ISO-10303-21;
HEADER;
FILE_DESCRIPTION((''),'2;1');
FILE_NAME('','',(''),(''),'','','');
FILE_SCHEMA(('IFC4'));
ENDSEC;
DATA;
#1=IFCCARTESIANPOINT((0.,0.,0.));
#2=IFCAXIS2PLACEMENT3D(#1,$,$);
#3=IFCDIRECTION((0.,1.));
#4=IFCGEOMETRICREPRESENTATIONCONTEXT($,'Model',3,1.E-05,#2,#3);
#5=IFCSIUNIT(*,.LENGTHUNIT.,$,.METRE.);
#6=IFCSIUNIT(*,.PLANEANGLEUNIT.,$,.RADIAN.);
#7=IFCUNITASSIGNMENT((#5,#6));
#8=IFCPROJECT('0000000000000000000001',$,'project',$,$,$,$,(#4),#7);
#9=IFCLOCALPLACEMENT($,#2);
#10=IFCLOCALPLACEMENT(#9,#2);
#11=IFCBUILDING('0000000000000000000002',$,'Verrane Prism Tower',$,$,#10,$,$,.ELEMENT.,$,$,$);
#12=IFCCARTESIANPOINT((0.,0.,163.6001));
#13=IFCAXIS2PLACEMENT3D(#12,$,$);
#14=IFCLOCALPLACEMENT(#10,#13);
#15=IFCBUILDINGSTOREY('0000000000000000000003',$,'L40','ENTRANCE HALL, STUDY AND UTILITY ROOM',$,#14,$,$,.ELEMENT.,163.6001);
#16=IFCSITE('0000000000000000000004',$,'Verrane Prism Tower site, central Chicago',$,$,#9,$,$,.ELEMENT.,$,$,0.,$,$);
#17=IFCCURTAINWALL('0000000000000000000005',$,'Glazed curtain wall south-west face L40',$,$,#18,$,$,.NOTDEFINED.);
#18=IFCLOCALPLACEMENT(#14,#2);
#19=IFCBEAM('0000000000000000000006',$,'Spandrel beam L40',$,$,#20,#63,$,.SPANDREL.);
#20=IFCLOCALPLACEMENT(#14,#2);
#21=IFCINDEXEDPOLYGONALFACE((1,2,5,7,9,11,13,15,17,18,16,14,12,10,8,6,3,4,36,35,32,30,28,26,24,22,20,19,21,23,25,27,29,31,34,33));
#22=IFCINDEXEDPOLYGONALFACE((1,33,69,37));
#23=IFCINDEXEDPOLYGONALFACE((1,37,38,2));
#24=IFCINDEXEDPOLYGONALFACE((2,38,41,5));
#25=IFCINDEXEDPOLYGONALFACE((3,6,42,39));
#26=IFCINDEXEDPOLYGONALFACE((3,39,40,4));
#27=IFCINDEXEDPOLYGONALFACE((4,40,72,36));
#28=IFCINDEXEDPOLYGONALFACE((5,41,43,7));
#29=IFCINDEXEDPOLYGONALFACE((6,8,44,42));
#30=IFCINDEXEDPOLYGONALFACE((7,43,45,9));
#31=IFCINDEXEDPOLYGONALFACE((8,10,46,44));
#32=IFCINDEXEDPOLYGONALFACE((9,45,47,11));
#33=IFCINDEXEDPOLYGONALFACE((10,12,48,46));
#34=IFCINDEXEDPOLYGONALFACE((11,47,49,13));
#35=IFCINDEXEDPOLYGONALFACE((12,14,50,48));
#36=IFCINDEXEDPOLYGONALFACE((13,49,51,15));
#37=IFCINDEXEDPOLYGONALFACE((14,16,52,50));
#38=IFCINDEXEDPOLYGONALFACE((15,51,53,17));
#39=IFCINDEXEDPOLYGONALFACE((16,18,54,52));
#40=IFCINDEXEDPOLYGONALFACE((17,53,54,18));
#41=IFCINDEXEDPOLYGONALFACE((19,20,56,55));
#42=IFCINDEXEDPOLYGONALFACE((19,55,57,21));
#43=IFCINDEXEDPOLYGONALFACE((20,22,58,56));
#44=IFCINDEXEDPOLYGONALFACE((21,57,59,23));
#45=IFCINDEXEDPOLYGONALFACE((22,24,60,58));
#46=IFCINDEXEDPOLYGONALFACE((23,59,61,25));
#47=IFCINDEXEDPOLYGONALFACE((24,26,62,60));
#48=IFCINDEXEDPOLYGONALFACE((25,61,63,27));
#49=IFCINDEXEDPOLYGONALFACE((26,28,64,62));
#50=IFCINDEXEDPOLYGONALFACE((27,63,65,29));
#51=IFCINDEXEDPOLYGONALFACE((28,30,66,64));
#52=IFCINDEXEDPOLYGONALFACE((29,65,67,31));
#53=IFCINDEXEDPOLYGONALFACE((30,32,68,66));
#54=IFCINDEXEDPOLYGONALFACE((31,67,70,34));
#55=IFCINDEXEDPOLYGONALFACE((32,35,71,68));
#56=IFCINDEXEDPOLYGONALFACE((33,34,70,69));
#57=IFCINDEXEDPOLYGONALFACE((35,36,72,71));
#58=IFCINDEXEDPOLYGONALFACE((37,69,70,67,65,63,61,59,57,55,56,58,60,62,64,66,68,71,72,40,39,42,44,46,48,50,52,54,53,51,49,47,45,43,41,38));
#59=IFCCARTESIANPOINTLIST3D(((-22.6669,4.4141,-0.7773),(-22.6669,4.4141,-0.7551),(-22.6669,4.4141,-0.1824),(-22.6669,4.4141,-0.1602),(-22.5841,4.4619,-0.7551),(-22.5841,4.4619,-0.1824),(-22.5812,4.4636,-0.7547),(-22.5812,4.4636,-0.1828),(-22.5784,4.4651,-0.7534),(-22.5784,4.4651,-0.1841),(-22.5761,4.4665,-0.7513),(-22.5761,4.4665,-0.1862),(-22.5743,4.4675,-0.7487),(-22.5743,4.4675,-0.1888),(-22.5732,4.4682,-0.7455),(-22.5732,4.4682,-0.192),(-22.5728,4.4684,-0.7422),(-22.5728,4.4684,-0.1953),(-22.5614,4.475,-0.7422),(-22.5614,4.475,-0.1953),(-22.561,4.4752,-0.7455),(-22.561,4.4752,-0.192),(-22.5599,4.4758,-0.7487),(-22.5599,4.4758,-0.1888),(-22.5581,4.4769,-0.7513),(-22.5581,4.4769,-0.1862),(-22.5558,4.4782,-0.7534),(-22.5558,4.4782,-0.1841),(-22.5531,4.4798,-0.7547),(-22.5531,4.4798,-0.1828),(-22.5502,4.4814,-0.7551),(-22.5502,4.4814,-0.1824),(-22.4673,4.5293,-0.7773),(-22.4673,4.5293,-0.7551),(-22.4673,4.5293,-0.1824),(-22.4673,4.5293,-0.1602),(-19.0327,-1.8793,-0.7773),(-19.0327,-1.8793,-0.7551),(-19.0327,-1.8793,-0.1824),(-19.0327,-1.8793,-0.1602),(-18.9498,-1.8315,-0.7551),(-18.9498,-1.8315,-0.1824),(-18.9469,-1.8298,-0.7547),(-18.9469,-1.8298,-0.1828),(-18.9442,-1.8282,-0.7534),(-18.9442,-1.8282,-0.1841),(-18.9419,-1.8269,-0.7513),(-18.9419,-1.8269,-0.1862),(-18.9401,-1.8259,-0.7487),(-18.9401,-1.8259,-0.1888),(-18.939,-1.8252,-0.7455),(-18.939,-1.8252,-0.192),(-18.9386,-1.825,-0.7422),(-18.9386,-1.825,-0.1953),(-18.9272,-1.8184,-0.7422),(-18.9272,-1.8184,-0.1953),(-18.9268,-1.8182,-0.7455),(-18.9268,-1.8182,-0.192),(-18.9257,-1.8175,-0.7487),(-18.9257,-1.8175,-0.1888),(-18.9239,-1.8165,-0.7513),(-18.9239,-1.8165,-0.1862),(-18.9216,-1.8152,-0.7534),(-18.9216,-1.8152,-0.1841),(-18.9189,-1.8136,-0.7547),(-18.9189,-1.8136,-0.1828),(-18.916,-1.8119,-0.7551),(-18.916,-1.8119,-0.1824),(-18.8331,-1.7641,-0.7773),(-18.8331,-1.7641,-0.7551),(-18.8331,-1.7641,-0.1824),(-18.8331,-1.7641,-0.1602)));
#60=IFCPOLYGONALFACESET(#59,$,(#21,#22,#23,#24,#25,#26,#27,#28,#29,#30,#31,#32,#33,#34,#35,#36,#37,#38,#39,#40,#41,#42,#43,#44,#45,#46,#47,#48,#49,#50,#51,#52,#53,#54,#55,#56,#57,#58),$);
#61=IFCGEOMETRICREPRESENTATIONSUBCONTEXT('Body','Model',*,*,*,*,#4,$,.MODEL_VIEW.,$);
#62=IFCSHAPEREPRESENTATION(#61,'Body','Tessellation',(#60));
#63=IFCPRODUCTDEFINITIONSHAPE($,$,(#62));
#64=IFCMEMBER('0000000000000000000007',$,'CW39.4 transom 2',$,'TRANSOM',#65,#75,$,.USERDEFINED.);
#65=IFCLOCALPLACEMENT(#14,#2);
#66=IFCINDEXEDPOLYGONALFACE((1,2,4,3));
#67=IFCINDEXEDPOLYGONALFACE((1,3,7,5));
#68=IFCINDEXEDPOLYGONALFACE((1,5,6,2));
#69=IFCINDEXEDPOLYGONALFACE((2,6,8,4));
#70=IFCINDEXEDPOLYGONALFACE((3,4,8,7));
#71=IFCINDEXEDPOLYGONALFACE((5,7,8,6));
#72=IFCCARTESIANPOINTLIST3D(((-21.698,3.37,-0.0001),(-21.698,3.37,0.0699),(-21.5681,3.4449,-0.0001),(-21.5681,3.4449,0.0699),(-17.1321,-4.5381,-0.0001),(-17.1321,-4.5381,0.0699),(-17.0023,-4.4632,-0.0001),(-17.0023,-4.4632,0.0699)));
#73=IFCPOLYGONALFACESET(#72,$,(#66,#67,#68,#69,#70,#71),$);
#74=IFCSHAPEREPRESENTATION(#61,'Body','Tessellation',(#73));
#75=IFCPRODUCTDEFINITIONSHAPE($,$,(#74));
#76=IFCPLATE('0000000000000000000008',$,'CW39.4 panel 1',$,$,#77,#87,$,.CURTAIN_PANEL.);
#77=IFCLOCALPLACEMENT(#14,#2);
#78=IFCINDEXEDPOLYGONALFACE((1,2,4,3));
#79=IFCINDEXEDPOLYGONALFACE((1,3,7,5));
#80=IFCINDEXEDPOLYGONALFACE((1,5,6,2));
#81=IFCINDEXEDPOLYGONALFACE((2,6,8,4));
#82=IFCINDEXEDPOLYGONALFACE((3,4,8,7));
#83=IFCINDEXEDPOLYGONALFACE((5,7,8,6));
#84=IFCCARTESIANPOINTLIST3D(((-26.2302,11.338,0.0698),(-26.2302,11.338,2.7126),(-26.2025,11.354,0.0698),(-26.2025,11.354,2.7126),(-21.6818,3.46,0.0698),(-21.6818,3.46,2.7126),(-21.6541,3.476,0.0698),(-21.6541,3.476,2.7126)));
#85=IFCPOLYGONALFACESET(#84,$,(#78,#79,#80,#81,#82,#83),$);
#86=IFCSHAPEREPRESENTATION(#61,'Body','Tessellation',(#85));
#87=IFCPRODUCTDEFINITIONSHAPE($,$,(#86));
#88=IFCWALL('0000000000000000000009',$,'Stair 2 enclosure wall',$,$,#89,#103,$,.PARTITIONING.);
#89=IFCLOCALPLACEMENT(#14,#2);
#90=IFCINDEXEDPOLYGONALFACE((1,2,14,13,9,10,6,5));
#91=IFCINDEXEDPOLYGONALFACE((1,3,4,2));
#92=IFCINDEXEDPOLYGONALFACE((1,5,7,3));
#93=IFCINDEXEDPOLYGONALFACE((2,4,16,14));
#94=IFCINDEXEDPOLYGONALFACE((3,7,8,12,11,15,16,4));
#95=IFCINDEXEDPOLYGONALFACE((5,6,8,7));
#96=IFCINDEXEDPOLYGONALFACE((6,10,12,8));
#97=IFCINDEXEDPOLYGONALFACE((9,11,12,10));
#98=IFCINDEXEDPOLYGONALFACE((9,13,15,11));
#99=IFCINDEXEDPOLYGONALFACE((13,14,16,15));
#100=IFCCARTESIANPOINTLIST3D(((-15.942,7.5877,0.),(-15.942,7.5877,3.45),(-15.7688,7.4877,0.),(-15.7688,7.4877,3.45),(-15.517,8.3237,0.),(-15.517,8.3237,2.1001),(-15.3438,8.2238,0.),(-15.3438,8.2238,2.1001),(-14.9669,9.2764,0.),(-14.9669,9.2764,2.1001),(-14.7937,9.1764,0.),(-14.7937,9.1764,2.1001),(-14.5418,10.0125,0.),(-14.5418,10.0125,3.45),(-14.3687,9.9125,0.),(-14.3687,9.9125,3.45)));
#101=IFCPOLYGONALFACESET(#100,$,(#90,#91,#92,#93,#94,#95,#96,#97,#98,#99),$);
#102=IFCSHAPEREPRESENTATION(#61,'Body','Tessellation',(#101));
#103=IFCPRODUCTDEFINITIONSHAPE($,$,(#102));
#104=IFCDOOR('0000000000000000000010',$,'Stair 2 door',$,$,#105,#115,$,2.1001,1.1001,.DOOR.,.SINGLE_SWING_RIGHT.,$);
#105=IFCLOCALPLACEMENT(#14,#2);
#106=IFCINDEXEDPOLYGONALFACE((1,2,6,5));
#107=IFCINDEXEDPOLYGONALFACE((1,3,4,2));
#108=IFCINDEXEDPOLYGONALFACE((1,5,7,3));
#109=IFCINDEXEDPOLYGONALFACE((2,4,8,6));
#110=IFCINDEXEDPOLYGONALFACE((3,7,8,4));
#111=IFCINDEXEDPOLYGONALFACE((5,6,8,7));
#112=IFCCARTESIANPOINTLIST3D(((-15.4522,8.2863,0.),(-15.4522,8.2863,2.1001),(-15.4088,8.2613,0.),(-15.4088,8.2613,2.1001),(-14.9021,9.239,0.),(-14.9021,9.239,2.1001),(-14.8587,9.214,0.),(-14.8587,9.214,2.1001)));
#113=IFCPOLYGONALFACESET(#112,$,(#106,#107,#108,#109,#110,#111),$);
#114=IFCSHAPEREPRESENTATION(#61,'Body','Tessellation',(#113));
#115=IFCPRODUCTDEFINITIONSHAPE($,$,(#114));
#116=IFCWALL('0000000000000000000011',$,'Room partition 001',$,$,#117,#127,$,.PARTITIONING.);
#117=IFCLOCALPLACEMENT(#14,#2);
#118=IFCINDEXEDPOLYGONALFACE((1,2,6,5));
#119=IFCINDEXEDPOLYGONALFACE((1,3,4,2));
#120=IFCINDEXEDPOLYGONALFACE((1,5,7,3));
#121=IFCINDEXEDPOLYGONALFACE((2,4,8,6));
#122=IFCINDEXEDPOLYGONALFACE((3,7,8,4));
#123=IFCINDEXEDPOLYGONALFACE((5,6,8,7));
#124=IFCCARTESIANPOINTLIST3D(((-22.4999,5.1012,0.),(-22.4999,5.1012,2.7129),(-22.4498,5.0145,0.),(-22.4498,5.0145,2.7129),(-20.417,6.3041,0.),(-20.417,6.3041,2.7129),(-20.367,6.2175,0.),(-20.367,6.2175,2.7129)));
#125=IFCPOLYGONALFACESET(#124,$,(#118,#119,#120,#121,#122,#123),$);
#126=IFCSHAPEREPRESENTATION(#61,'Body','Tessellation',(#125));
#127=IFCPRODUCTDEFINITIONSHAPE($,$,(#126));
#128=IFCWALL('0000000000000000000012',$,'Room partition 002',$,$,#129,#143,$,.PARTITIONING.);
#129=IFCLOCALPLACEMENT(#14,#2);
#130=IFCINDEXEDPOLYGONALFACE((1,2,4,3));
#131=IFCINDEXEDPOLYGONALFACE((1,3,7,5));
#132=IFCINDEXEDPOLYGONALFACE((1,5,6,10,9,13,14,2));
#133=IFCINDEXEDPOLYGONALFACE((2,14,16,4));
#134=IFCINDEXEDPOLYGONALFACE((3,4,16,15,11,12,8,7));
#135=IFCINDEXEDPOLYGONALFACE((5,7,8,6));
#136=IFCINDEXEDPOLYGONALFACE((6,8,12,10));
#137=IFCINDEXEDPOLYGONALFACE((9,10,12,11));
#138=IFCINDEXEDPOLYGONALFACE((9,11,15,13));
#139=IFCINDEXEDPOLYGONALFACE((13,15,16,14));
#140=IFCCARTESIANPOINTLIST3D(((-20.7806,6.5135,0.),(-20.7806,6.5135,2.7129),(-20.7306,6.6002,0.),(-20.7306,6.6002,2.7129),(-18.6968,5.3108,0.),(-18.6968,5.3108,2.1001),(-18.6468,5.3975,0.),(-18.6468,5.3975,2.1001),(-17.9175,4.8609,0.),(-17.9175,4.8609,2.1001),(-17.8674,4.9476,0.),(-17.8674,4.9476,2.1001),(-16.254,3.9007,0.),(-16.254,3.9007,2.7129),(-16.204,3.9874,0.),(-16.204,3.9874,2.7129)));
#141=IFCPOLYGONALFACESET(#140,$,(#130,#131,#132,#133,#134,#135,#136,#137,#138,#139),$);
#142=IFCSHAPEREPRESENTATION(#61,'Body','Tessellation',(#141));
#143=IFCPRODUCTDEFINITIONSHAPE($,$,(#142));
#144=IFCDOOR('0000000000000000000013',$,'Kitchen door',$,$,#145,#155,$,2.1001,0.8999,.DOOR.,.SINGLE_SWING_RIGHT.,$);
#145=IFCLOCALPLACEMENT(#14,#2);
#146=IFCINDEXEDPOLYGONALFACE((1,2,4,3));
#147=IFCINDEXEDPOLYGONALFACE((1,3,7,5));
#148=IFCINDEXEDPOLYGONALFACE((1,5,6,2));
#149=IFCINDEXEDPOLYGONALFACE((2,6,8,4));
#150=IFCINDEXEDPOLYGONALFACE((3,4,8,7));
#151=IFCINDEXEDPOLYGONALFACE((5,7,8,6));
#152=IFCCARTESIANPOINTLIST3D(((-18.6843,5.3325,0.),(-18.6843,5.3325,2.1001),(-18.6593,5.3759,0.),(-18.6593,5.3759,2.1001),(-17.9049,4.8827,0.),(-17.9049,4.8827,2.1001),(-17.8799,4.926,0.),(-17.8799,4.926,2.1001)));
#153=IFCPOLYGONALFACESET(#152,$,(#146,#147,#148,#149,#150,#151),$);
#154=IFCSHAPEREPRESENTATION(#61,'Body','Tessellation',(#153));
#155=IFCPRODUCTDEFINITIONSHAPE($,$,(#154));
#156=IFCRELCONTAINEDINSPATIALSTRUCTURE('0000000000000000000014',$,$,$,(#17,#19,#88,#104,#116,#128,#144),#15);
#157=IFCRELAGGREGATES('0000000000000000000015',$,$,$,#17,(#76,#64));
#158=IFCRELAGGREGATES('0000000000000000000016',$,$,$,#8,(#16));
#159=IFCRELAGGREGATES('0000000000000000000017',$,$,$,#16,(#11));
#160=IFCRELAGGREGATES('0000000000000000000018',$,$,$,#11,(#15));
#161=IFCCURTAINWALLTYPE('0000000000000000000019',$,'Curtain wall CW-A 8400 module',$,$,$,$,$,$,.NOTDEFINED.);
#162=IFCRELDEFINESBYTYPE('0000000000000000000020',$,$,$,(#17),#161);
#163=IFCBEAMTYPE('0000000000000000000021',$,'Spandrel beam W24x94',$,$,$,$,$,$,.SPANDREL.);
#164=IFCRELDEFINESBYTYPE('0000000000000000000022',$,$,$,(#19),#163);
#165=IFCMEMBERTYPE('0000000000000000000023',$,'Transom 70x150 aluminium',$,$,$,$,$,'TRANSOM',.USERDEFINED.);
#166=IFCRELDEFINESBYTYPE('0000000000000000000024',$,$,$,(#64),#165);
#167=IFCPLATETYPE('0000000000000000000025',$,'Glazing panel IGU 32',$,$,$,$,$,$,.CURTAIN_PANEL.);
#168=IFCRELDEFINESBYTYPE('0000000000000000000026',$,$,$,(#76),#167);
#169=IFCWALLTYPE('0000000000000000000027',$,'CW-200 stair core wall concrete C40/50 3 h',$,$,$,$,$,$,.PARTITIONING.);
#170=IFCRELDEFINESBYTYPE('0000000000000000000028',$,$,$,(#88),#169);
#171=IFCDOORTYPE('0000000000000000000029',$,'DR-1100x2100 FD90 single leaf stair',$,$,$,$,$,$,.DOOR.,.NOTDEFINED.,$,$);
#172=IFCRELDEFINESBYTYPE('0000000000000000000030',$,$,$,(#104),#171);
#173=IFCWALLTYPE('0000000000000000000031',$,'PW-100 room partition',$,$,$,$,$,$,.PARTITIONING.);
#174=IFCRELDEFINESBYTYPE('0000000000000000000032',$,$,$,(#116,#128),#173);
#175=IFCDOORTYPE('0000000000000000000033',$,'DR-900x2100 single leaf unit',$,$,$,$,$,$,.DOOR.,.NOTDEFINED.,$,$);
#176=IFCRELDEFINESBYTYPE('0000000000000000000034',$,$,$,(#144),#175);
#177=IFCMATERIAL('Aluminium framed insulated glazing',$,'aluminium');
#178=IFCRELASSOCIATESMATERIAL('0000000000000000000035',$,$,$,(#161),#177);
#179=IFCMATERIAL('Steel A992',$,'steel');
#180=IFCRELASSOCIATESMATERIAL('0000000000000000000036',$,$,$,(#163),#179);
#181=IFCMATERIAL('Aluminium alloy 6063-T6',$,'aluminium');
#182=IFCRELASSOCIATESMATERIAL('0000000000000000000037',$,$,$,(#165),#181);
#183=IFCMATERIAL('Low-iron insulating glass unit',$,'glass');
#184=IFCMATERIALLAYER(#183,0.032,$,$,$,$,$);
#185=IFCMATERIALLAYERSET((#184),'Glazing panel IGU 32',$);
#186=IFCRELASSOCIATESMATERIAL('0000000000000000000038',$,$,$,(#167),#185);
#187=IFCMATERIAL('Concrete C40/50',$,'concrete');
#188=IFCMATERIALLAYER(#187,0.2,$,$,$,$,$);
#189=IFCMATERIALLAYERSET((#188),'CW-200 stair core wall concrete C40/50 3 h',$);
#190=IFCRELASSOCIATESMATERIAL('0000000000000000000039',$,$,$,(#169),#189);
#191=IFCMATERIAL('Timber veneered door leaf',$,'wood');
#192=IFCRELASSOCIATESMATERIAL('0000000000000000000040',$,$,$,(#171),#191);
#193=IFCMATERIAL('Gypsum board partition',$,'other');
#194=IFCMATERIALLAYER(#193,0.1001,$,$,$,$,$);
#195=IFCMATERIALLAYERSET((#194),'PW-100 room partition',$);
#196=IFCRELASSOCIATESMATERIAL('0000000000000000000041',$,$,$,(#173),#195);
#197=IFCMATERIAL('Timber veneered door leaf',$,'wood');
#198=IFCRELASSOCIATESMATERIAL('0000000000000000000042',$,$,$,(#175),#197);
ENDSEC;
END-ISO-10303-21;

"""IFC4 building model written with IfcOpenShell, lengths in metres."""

from ifc_helpers import new_model, si_unit, direction, frame, frame_2d, origin, origin_2d, place, context, subcontext, project, spatial, rectangle, i_section, extrude, material, layer, layer_set, material_profile, profile_set, type_object, element, fill, aggregate, save


model = new_model("IFC4")

# Units and contexts
model_context = context("Model", 3, precision=1e-05, world=origin(), true_north=direction((0.0, 1.0)))
body_context = subcontext(model_context, "Body", "Model", "MODEL_VIEW")
ifc_project = project(units=[si_unit("LENGTHUNIT", "METRE"), si_unit("PLANEANGLEUNIT", "RADIAN")], contexts=[model_context])

# Site, building, storey
site_placement = place(None, origin())
site = spatial("IfcSite", under=ifc_project, at=site_placement, Name="Verrane Prism Tower site, central Chicago", CompositionType="ELEMENT", RefElevation=0.0)
building_placement = place(site_placement, origin())
building = spatial("IfcBuilding", under=site, at=building_placement, Name="Verrane Prism Tower", CompositionType="ELEMENT")
storey_placement = place(building_placement, frame((0.0, 0.0, 163.6001)))
storey = spatial("IfcBuildingStorey", under=building, at=storey_placement, Name="L40", Description="ENTRANCE HALL, STUDY AND UTILITY ROOM", CompositionType="ELEMENT", Elevation=163.6001)

# Curtain wall
ifc_material_1 = material(Name="Aluminium framed insulated glazing", Category="aluminium")
curtain_wall_type = type_object("IfcCurtainWallType", Name="Curtain wall CW-A 8400 module", PredefinedType="NOTDEFINED", material=ifc_material_1)
curtain_wall_placement = place(storey_placement, origin())
curtain_wall = element("IfcCurtainWall", 1, at=curtain_wall_placement, inside=storey, type_object=curtain_wall_type, Name="Glazed curtain wall south-west face L40", PredefinedType="NOTDEFINED")

# Beam
ifc_material_2 = material(Name="Steel A992", Category="steel")
ifc_material_profile_1 = material_profile(ifc_material_2, i_section(OverallWidth=0.2305, OverallDepth=0.6172, WebThickness=0.0132, FlangeThickness=0.0222, FilletRadius=0.0129, at=origin_2d()), Name="W24x94")
ifc_profile_set_1 = profile_set([ifc_material_profile_1], Name="Steel A992")
beam_type_1 = type_object("IfcBeamType", Name="Spandrel beam W24x94", PredefinedType="SPANDREL", material=ifc_profile_set_1)
beam_1_placement = place(storey_placement, frame((-22.5671, 4.4717, -0.4688), z_axis=(0.500077, -0.865981, 0.0), x_axis=(0.865981, 0.500077, 0.0)))
element("IfcBeam", 2, at=beam_1_placement, inside=storey, type_object=beam_type_1, Name="Spandrel beam L40", PredefinedType="SPANDREL", context=body_context, shape_type="SweptSolid", body=[
    extrude(i_section(OverallWidth=0.2305, OverallDepth=0.6172, WebThickness=0.0132, FlangeThickness=0.0222, FilletRadius=0.0129, at=origin_2d()), origin(), (0.0, 0.0, 1.0), 7.2673),
])

# Member
ifc_material_3 = material(Name="Aluminium alloy 6063-T6", Category="aluminium")
ifc_material_profile_2 = material_profile(ifc_material_3, rectangle(XDim=0.1499, YDim=0.0701, at=origin_2d()), Name="Transom 70x150 aluminium")
ifc_profile_set_2 = profile_set([ifc_material_profile_2], Name="Aluminium alloy 6063-T6")
member_type_1 = type_object("IfcMemberType", Name="Transom 70x150 aluminium", ElementType="TRANSOM", PredefinedType="USERDEFINED", material=ifc_profile_set_2)
member_1_placement = place(storey_placement, frame((-21.6331, 3.4075, 0.0349), z_axis=(0.500009, -0.86602, 0.0), x_axis=(0.86602, 0.500009, 0.0)))
member_1 = element("IfcMember", 3, at=member_1_placement, type_object=member_type_1, Name="CW39.4 transom 2", ObjectType="TRANSOM", PredefinedType="USERDEFINED", context=body_context, shape_type="SweptSolid", body=[
    extrude(rectangle(XDim=0.1499, YDim=0.0701, at=origin_2d()), origin(), (0.0, 0.0, 1.0), 9.1316),
])

# Plate
ifc_material_4 = material(Name="Low-iron insulating glass unit", Category="glass")
ifc_layer_1 = layer(ifc_material_4, 0.032)
ifc_layer_set_1 = layer_set([ifc_layer_1], Name="Glazing panel IGU 32")
plate_type = type_object("IfcPlateType", Name="Glazing panel IGU 32", PredefinedType="CURTAIN_PANEL", material=ifc_layer_set_1)
plate_placement = place(storey_placement, frame((-23.9421, 7.407, 0.0698), z_axis=(0.0, 0.0, 1.0), x_axis=(0.499999, -0.866026, 0.0)))
plate = element("IfcPlate", 4, at=plate_placement, type_object=plate_type, Name="CW39.4 panel 1", PredefinedType="CURTAIN_PANEL", context=body_context, shape_type="SweptSolid", body=[
    extrude(rectangle(XDim=9.0967, YDim=0.032, at=origin_2d()), origin(), (0.0, 0.0, 1.0), 2.6428),
])
aggregate(curtain_wall, [plate, member_1])

# Wall, opening, door
ifc_material_5 = material(Name="Concrete C40/50", Category="concrete")
ifc_layer_2 = layer(ifc_material_5, 0.2)
ifc_layer_set_2 = layer_set([ifc_layer_2], Name="CW-200 stair core wall concrete C40/50 3 h")
wall_type_1 = type_object("IfcWallType", Name="CW-200 stair core wall concrete C40/50 3 h", PredefinedType="PARTITIONING", material=ifc_layer_set_2)
wall_1_placement = place(storey_placement, frame((-14.4553, 9.9624, 0.0), z_axis=(0.0, 0.0, 1.0), x_axis=(-0.50005, -0.865997, 0.0)))
wall_1 = element("IfcWall", 5, at=wall_1_placement, inside=storey, type_object=wall_type_1, Name="Stair 2 enclosure wall", PredefinedType="PARTITIONING", context=body_context, shape_type="SweptSolid", body=[
    extrude(rectangle(XDim=2.8, YDim=0.2, at=frame_2d((1.3999, 0.0))), origin(), (0.0, 0.0, 1.0), 3.45),
])
opening_1_placement = place(wall_1_placement, frame((0.8499, 0.0, 0.0)))
opening_1 = element("IfcOpeningElement", 6, at=opening_1_placement, cuts=wall_1, PredefinedType="OPENING", context=body_context, shape_type="SweptSolid", body=[
    extrude(rectangle(XDim=1.1001, YDim=2.1001, at=frame_2d((0.55, 1.05))), frame((0.0, 0.1099, 0.0), z_axis=(0.0, -1.0, 0.0), x_axis=(1.0, 0.0, 0.0)), (0.0, 0.0, 1.0), 0.22),
])
ifc_material_6 = material(Name="Timber veneered door leaf", Category="wood")
door_type_1 = type_object("IfcDoorType", Name="DR-1100x2100 FD90 single leaf stair", OperationType="NOTDEFINED", PredefinedType="DOOR", material=ifc_material_6)
door_1_placement = place(opening_1_placement, origin())
door_1 = element("IfcDoor", 7, at=door_1_placement, inside=storey, type_object=door_type_1, Name="Stair 2 door", OperationType="SINGLE_SWING_RIGHT", OverallHeight=2.1001, OverallWidth=1.1001, PredefinedType="DOOR", context=body_context, shape_type="SweptSolid", body=[
    extrude(rectangle(XDim=1.1001, YDim=2.1001, at=frame_2d((0.55, 1.05))), frame((0.0, 0.0249, 0.0), z_axis=(0.0, -1.0, 0.0), x_axis=(1.0, 0.0, 0.0)), (0.0, 0.0, 1.0), 0.05),
])
fill(opening_1, door_1)

# Wall
ifc_material_7 = material(Name="Gypsum board partition", Category="other")
ifc_layer_3 = layer(ifc_material_7, 0.1001)
ifc_layer_set_3 = layer_set([ifc_layer_3], Name="PW-100 room partition")
wall_type_2 = type_object("IfcWallType", Name="PW-100 room partition", PredefinedType="PARTITIONING", material=ifc_layer_set_3)
wall_2_placement = place(storey_placement, frame((-22.4749, 5.0579, 0.0), z_axis=(0.0, 0.0, 1.0), x_axis=(0.865954, 0.500124, 0.0)))
element("IfcWall", 8, at=wall_2_placement, inside=storey, type_object=wall_type_2, Name="Room partition 001", PredefinedType="PARTITIONING", context=body_context, shape_type="SweptSolid", body=[
    extrude(rectangle(XDim=2.4053, YDim=0.1001, at=frame_2d((1.2026, 0.0))), origin(), (0.0, 0.0, 1.0), 2.7129),
])

# Wall, opening, door
wall_3_placement = place(storey_placement, frame((-16.229, 3.9441, 0.0), z_axis=(0.0, 0.0, 1.0), x_axis=(-0.866079, 0.499907, 0.0)))
wall_3 = element("IfcWall", 9, at=wall_3_placement, inside=storey, type_object=wall_type_2, Name="Room partition 002", PredefinedType="PARTITIONING", context=body_context, shape_type="SweptSolid", body=[
    extrude(rectangle(XDim=5.2266, YDim=0.1001, at=frame_2d((2.6133, 0.0))), origin(), (0.0, 0.0, 1.0), 2.7129),
])
opening_2_placement = place(wall_3_placement, frame((1.9207, 0.0, 0.0)))
opening_2 = element("IfcOpeningElement", 10, at=opening_2_placement, cuts=wall_3, PredefinedType="OPENING", context=body_context, shape_type="SweptSolid", body=[
    extrude(rectangle(XDim=0.8999, YDim=2.1001, at=frame_2d((0.45, 1.05))), frame((0.0, 0.0601, 0.0), z_axis=(0.0, -1.0, 0.0), x_axis=(1.0, 0.0, 0.0)), (0.0, 0.0, 1.0), 0.1201),
])
ifc_material_8 = material(Name="Timber veneered door leaf", Category="wood")
door_type_2 = type_object("IfcDoorType", Name="DR-900x2100 single leaf unit", OperationType="NOTDEFINED", PredefinedType="DOOR", material=ifc_material_8)
door_2_placement = place(opening_2_placement, origin())
door_2 = element("IfcDoor", 11, at=door_2_placement, inside=storey, type_object=door_type_2, Name="Kitchen door", OperationType="SINGLE_SWING_RIGHT", OverallHeight=2.1001, OverallWidth=0.8999, PredefinedType="DOOR", context=body_context, shape_type="SweptSolid", body=[
    extrude(rectangle(XDim=0.8999, YDim=2.1001, at=frame_2d((0.45, 1.05))), frame((0.0, 0.0249, 0.0), z_axis=(0.0, -1.0, 0.0), x_axis=(1.0, 0.0, 0.0)), (0.0, 0.0, 1.0), 0.05),
])
fill(opening_2, door_2)

save(model, "model.ifc")
